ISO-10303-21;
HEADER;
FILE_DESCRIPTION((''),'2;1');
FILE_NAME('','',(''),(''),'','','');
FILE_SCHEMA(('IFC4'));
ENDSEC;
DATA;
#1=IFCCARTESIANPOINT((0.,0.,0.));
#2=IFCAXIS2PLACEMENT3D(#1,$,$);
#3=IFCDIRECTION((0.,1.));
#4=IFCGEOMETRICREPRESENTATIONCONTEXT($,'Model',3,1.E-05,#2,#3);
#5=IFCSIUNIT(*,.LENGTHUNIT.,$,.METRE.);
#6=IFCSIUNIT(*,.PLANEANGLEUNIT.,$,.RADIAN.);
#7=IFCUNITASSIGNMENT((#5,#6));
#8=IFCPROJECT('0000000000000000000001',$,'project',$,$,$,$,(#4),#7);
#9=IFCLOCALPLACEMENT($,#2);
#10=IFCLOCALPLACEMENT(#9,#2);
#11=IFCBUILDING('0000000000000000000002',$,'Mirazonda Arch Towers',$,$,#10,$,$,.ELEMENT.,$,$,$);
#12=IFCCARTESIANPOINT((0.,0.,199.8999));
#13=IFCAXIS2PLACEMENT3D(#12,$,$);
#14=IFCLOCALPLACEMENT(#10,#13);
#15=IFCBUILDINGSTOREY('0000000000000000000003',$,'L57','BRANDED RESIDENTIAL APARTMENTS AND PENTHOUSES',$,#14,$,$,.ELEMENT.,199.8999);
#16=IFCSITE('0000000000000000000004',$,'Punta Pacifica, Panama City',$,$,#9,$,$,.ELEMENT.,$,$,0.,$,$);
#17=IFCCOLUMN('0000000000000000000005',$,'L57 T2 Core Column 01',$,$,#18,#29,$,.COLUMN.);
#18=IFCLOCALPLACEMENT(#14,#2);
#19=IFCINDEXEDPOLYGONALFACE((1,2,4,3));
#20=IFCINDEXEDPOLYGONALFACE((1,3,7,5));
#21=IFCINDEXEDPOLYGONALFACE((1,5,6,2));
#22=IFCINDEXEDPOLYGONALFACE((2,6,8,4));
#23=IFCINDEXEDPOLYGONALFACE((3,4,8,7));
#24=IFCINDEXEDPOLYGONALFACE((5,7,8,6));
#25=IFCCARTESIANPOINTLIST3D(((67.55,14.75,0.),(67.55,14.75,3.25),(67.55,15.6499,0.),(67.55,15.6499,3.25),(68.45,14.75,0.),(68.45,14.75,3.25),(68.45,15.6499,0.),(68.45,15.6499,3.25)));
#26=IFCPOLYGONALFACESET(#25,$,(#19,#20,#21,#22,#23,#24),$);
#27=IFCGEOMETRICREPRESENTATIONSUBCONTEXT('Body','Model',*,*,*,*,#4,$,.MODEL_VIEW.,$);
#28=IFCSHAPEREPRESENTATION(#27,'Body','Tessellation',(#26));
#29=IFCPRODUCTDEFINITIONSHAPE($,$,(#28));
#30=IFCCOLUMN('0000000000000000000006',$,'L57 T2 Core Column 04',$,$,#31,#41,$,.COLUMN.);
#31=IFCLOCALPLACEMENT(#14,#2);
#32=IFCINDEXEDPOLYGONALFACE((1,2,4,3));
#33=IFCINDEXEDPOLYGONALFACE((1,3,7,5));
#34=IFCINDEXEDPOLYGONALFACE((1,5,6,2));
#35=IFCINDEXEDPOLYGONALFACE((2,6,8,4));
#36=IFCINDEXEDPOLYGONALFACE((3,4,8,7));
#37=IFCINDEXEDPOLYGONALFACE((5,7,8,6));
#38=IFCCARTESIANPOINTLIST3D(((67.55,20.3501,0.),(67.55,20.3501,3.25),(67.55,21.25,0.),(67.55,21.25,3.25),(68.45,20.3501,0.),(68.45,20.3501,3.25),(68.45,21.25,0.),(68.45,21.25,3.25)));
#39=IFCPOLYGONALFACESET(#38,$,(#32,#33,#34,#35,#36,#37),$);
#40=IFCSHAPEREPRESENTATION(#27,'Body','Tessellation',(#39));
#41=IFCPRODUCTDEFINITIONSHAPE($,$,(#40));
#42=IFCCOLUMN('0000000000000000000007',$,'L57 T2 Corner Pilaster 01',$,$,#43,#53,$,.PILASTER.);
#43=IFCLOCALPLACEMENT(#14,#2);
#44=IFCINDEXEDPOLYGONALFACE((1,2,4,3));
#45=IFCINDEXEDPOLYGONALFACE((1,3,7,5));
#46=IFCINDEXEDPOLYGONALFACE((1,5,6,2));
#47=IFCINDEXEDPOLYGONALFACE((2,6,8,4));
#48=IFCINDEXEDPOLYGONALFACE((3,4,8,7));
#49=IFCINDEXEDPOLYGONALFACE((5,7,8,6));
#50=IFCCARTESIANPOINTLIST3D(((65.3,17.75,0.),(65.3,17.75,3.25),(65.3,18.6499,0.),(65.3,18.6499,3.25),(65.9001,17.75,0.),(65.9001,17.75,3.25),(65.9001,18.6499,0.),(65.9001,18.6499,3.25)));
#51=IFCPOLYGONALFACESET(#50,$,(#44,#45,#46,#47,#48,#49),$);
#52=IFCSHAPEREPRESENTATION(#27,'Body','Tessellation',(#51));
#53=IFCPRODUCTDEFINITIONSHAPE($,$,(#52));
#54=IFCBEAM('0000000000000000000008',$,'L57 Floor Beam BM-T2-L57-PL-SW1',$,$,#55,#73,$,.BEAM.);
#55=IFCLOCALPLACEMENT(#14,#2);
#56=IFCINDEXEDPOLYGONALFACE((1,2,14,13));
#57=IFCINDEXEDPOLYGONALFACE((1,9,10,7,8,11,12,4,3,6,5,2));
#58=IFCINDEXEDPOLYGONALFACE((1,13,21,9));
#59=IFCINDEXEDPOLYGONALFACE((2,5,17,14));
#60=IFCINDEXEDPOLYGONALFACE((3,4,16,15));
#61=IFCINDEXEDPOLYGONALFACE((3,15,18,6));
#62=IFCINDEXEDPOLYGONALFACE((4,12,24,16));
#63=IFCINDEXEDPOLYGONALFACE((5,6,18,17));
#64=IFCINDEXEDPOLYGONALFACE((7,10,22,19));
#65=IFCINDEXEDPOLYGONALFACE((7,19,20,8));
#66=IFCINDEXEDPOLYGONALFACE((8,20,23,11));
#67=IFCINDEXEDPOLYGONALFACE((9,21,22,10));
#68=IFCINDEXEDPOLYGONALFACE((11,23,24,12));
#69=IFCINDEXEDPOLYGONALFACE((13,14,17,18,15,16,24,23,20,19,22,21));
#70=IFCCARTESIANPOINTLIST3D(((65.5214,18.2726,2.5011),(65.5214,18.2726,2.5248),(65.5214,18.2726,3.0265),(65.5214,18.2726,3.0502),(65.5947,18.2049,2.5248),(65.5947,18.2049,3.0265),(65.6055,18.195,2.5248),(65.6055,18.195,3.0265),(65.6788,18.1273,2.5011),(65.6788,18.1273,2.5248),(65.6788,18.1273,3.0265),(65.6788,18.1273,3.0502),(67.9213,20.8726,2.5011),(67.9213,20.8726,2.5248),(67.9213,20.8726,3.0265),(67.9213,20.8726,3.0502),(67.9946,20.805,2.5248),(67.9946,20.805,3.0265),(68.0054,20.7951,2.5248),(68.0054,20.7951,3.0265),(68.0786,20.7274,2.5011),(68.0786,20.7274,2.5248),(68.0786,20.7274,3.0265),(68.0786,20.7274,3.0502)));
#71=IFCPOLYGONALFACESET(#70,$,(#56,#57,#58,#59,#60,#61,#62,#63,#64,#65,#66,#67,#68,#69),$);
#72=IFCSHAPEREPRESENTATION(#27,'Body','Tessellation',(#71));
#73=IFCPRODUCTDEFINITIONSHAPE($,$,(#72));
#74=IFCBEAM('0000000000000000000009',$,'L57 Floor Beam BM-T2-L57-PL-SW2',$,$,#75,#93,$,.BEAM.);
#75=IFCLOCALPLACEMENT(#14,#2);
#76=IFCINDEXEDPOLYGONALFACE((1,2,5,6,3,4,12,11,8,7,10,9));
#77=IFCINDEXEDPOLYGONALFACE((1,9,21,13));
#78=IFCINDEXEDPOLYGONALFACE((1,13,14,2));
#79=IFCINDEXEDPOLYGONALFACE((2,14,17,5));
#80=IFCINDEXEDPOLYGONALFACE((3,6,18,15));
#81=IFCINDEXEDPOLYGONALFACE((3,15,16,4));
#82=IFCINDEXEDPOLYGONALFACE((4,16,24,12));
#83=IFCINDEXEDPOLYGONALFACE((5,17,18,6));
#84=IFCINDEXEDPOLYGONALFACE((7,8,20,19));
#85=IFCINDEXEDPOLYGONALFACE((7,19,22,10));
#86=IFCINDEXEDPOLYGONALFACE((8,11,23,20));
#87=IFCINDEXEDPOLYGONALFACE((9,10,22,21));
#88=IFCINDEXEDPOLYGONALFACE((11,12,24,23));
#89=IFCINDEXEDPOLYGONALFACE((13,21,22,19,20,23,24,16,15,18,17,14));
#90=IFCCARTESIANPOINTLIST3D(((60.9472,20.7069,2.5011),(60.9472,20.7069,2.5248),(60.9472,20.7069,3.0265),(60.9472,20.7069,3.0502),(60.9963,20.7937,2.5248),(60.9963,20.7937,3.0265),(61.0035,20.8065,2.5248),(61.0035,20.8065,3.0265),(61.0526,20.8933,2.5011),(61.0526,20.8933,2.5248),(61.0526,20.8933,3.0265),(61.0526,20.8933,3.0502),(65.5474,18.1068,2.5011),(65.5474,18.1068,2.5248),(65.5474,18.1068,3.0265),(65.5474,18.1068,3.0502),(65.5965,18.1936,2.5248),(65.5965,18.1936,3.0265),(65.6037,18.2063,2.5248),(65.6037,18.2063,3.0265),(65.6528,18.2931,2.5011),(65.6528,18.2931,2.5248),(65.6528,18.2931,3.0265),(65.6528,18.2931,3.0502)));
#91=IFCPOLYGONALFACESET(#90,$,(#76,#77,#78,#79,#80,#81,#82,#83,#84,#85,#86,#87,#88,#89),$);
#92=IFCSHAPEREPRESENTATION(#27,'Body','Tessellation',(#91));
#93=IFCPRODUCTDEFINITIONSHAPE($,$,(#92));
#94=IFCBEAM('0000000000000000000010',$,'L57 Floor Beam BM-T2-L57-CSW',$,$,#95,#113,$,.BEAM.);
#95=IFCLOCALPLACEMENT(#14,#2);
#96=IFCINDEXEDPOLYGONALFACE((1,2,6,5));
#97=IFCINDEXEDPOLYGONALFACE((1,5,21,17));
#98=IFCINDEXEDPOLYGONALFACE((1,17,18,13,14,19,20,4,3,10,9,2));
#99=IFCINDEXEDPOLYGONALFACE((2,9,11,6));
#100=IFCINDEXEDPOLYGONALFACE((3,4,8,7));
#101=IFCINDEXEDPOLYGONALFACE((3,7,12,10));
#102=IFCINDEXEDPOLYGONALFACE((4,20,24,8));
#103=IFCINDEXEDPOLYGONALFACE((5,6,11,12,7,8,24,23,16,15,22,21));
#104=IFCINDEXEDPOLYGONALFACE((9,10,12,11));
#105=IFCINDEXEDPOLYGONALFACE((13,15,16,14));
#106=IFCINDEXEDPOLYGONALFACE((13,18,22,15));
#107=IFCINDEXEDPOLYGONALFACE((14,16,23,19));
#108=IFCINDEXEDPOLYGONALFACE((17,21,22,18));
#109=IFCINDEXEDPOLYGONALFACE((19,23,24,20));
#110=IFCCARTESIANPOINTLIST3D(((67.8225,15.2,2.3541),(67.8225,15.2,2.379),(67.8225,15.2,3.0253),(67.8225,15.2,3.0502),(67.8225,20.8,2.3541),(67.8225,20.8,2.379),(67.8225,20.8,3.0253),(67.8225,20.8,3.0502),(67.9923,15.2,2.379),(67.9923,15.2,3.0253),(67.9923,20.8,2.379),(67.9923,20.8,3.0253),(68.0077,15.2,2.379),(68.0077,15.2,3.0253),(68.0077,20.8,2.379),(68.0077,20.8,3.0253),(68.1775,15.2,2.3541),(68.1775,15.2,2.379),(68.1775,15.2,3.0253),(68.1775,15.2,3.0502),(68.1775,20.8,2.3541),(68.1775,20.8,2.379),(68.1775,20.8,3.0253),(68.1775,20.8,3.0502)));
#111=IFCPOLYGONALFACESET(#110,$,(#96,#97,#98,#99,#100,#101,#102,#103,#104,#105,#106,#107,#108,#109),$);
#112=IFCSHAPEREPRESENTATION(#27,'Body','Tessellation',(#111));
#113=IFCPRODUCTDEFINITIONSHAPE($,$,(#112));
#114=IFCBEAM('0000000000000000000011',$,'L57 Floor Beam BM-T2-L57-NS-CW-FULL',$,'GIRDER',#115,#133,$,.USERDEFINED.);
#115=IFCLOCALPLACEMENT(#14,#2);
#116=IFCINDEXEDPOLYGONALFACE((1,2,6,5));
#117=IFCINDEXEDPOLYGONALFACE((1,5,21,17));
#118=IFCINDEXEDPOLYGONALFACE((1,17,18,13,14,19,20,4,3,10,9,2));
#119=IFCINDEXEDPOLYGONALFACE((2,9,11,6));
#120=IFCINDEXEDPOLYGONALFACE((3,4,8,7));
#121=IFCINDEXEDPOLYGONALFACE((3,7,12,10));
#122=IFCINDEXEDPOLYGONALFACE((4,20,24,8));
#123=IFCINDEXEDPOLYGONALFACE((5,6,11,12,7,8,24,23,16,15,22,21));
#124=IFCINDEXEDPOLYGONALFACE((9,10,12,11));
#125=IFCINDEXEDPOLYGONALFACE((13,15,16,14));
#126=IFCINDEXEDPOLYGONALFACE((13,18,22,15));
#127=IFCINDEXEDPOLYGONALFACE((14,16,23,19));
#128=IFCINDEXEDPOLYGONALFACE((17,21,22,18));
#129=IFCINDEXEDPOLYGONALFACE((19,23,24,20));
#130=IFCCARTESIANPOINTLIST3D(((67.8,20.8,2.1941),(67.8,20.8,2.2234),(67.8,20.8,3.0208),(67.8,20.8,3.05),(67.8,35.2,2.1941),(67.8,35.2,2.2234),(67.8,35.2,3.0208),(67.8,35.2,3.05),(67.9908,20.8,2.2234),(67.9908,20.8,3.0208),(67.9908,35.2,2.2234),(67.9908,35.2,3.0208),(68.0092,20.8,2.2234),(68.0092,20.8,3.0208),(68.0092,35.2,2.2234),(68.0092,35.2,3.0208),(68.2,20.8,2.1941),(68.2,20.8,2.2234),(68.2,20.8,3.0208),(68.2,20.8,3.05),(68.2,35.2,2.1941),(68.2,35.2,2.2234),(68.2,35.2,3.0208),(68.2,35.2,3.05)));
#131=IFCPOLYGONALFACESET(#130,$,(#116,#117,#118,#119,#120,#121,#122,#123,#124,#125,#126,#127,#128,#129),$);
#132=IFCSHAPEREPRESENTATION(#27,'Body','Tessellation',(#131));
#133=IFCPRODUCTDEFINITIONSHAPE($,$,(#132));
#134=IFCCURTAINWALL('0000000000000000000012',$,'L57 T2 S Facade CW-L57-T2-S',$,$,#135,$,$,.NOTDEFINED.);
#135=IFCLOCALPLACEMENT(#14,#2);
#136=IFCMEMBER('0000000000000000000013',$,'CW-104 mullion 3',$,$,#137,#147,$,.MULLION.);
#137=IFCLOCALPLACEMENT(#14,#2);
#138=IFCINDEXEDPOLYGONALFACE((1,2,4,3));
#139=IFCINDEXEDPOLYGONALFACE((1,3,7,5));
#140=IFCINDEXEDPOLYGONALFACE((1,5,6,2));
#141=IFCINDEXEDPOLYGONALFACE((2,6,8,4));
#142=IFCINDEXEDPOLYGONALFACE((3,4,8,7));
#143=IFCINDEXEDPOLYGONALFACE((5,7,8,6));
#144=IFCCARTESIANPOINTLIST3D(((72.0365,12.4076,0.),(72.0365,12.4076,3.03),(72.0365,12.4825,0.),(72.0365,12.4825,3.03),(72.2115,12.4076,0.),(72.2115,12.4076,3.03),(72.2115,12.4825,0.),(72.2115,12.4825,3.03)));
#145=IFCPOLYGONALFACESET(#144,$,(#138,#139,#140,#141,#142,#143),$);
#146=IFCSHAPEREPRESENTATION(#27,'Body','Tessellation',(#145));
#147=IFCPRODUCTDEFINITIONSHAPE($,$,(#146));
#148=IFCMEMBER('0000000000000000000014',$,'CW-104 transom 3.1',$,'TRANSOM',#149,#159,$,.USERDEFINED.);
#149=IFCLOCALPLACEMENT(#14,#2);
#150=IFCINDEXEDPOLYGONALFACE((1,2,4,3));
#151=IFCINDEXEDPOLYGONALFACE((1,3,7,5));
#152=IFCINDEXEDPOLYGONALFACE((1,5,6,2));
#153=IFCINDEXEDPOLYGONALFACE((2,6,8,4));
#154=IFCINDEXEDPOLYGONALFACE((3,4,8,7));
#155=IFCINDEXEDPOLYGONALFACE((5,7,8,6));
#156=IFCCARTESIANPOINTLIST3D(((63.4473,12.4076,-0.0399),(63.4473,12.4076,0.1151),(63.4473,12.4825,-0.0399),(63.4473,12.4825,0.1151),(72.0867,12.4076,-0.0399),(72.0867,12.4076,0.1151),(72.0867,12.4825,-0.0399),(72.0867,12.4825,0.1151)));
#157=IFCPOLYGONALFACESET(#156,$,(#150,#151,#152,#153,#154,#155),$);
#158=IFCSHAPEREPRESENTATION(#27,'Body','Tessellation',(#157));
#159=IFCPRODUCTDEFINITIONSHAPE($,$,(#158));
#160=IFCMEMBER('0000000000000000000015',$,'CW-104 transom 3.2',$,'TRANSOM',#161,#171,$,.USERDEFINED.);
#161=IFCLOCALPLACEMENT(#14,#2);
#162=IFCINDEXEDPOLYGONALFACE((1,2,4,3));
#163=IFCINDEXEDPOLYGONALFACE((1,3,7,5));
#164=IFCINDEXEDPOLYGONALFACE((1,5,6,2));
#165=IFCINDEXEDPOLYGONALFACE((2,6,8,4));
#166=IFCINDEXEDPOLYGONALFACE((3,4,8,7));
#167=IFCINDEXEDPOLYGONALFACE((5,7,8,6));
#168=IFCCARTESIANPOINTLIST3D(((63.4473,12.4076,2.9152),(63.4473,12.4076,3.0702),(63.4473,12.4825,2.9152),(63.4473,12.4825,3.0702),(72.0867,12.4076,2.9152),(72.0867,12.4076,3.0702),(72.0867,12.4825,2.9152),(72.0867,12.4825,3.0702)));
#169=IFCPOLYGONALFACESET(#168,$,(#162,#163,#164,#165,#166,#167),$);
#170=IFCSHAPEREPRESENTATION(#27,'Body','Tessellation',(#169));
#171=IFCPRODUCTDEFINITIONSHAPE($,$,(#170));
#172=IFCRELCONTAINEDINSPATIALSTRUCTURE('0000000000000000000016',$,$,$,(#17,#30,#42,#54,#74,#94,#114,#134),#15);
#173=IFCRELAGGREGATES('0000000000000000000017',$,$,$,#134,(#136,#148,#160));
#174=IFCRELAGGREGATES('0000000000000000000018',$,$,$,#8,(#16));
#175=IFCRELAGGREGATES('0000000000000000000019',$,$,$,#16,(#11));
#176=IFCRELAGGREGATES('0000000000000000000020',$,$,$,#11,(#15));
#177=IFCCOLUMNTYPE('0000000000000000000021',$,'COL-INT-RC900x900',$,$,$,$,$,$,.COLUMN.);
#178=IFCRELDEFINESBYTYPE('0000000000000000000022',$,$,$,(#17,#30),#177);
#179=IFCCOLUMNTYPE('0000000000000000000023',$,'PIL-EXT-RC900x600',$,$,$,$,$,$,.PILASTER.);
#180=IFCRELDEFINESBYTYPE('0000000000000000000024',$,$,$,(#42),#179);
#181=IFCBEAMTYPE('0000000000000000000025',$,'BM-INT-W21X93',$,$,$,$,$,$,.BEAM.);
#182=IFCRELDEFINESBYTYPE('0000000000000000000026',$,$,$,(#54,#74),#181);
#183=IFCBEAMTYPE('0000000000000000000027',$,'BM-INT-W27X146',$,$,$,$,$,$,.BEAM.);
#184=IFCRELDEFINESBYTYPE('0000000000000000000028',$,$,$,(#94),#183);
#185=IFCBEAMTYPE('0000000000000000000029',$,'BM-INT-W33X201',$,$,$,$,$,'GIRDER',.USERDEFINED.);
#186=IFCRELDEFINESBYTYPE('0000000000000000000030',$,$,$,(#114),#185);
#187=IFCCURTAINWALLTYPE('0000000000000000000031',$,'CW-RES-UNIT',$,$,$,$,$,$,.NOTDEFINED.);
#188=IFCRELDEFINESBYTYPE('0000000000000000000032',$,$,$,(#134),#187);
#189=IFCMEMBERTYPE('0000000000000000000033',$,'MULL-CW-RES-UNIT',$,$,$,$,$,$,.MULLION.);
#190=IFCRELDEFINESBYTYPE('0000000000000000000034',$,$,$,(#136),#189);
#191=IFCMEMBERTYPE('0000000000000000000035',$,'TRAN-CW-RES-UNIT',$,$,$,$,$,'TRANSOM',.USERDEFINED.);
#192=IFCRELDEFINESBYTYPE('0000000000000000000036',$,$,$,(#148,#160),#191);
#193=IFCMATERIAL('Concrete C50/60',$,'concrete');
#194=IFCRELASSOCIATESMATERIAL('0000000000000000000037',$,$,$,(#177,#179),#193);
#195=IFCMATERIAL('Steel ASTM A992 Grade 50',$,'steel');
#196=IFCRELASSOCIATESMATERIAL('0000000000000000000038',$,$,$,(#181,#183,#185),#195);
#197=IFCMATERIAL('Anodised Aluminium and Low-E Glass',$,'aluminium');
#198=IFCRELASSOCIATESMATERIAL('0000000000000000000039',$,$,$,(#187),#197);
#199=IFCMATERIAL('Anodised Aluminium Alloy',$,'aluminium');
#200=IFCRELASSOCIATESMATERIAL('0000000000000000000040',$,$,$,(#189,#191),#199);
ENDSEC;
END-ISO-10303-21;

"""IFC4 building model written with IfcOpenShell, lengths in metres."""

from ifc_helpers import new_model, si_unit, direction, frame, origin, origin_2d, place, context, subcontext, project, spatial, rectangle, i_section, extrude, material, material_profile, profile_set, type_object, element, aggregate, save


model = new_model("IFC4")

# Units and contexts
model_context = context("Model", 3, precision=1e-05, world=origin(), true_north=direction((0.0, 1.0)))
body_context = subcontext(model_context, "Body", "Model", "MODEL_VIEW")
ifc_project = project(units=[si_unit("LENGTHUNIT", "METRE"), si_unit("PLANEANGLEUNIT", "RADIAN")], contexts=[model_context])

# Site, building, storey
site_placement = place(None, origin())
site = spatial("IfcSite", under=ifc_project, at=site_placement, Name="Punta Pacifica, Panama City", CompositionType="ELEMENT", RefElevation=0.0)
building_placement = place(site_placement, origin())
building = spatial("IfcBuilding", under=site, at=building_placement, Name="Mirazonda Arch Towers", CompositionType="ELEMENT")
storey_placement = place(building_placement, frame((0.0, 0.0, 199.8999)))
storey = spatial("IfcBuildingStorey", under=building, at=storey_placement, Name="L57", Description="BRANDED RESIDENTIAL APARTMENTS AND PENTHOUSES", CompositionType="ELEMENT", Elevation=199.8999)

# Columns
ifc_material_1 = material(Name="Concrete C50/60", Category="concrete")
ifc_material_profile_1 = material_profile(ifc_material_1, rectangle(XDim=0.8999, YDim=0.8999, at=origin_2d()), Name="RC900x900")
ifc_profile_set_1 = profile_set([ifc_material_profile_1], Name="Concrete C50/60")
column_type_1 = type_object("IfcColumnType", Name="COL-INT-RC900x900", PredefinedType="COLUMN", material=ifc_profile_set_1)
for number, where, z_axis, x_axis, name in (
    (1, (68.0, 15.2, 0.0), (0.0, 0.0, 1.0), (1.0, 0.0, 0.0), "L57 T2 Core Column 01"),
    (2, (68.0, 20.8, 0.0), (0.0, 0.0, 1.0), (1.0, 0.0, 0.0), "L57 T2 Core Column 04"),
):
    element("IfcColumn", number, at=place(storey_placement, frame(where, z_axis=z_axis, x_axis=x_axis)), inside=storey, type_object=column_type_1, Name=name, PredefinedType="COLUMN", context=body_context, shape_type="SweptSolid", body=[
        extrude(rectangle(XDim=0.8999, YDim=0.8999, at=origin_2d()), origin(), (0.0, 0.0, 1.0), 3.25),
    ])
ifc_material_profile_2 = material_profile(ifc_material_1, rectangle(XDim=0.6001, YDim=0.8999, at=origin_2d()), Name="RC900x600")
ifc_profile_set_2 = profile_set([ifc_material_profile_2], Name="Concrete C50/60")
column_type_2 = type_object("IfcColumnType", Name="PIL-EXT-RC900x600", PredefinedType="PILASTER", material=ifc_profile_set_2)
column_placement = place(storey_placement, frame((65.6001, 18.2, 0.0), z_axis=(0.0, 0.0, 1.0), x_axis=(1.0, 0.0, 0.0)))
element("IfcColumn", 3, at=column_placement, inside=storey, type_object=column_type_2, Name="L57 T2 Corner Pilaster 01", PredefinedType="PILASTER", context=body_context, shape_type="SweptSolid", body=[
    extrude(rectangle(XDim=0.6001, YDim=0.8999, at=origin_2d()), origin(), (0.0, 0.0, 1.0), 3.25),
])

# Beams
ifc_material_2 = material(Name="Steel ASTM A992 Grade 50", Category="steel")
ifc_material_profile_3 = material_profile(ifc_material_2, i_section(OverallWidth=0.2141, OverallDepth=0.5491, WebThickness=0.0146, FlangeThickness=0.0237, at=origin_2d()), Name="W21X93")
ifc_profile_set_3 = profile_set([ifc_material_profile_3], Name="Steel ASTM A992 Grade 50")
beam_type_1 = type_object("IfcBeamType", Name="BM-INT-W21X93", PredefinedType="BEAM", material=ifc_profile_set_3)
beam_1_placement = place(storey_placement, frame((65.6001, 18.2, 2.7756), z_axis=(0.678251, 0.73483, 0.0), x_axis=(-0.73483, 0.678251, 0.0)))
element("IfcBeam", 4, at=beam_1_placement, inside=storey, type_object=beam_type_1, Name="L57 Floor Beam BM-T2-L57-PL-SW1", PredefinedType="BEAM", context=body_context, shape_type="SweptSolid", body=[
    extrude(i_section(OverallWidth=0.2141, OverallDepth=0.5491, WebThickness=0.0146, FlangeThickness=0.0237, at=origin_2d()), origin(), (0.0, 0.0, 1.0), 3.5383),
])
beam_2_placement = place(storey_placement, frame((65.6001, 18.2, 2.7756), z_axis=(-0.870559, 0.492063, 0.0), x_axis=(-0.492063, -0.870559, 0.0)))
element("IfcBeam", 5, at=beam_2_placement, inside=storey, type_object=beam_type_1, Name="L57 Floor Beam BM-T2-L57-PL-SW2", PredefinedType="BEAM", context=body_context, shape_type="SweptSolid", body=[
    extrude(i_section(OverallWidth=0.2141, OverallDepth=0.5491, WebThickness=0.0146, FlangeThickness=0.0237, at=origin_2d()), origin(), (0.0, 0.0, 1.0), 5.2842),
])
ifc_material_profile_4 = material_profile(ifc_material_2, i_section(OverallWidth=0.355, OverallDepth=0.696, WebThickness=0.0154, FlangeThickness=0.0249, at=origin_2d()), Name="W27X146")
ifc_profile_set_4 = profile_set([ifc_material_profile_4], Name="Steel ASTM A992 Grade 50")
beam_type_2 = type_object("IfcBeamType", Name="BM-INT-W27X146", PredefinedType="BEAM", material=ifc_profile_set_4)
beam_3_placement = place(storey_placement, frame((68.0, 15.2, 2.7021), z_axis=(0.0, 1.0, 0.0), x_axis=(-1.0, 0.0, 0.0)))
element("IfcBeam", 6, at=beam_3_placement, inside=storey, type_object=beam_type_2, Name="L57 Floor Beam BM-T2-L57-CSW", PredefinedType="BEAM", context=body_context, shape_type="SweptSolid", body=[
    extrude(i_section(OverallWidth=0.355, OverallDepth=0.696, WebThickness=0.0154, FlangeThickness=0.0249, at=origin_2d()), origin(), (0.0, 0.0, 1.0), 5.6001),
])
ifc_material_profile_5 = material_profile(ifc_material_2, i_section(OverallWidth=0.3999, OverallDepth=0.856, WebThickness=0.0183, FlangeThickness=0.0293, at=origin_2d()), Name="W33X201")
ifc_profile_set_5 = profile_set([ifc_material_profile_5], Name="Steel ASTM A992 Grade 50")
beam_type_3 = type_object("IfcBeamType", Name="BM-INT-W33X201", ElementType="GIRDER", PredefinedType="USERDEFINED", material=ifc_profile_set_5)
beam_4_placement = place(storey_placement, frame((68.0, 20.8, 2.6221), z_axis=(0.0, 1.0, 0.0), x_axis=(-1.0, 0.0, 0.0)))
element("IfcBeam", 7, at=beam_4_placement, inside=storey, type_object=beam_type_3, Name="L57 Floor Beam BM-T2-L57-NS-CW-FULL", ObjectType="GIRDER", PredefinedType="USERDEFINED", context=body_context, shape_type="SweptSolid", body=[
    extrude(i_section(OverallWidth=0.3999, OverallDepth=0.856, WebThickness=0.0183, FlangeThickness=0.0293, at=origin_2d()), origin(), (0.0, 0.0, 1.0), 14.3999),
])

# Curtain wall, members
ifc_material_3 = material(Name="Anodised Aluminium and Low-E Glass", Category="aluminium")
curtain_wall_type = type_object("IfcCurtainWallType", Name="CW-RES-UNIT", PredefinedType="NOTDEFINED", material=ifc_material_3)
curtain_wall_placement = place(storey_placement, origin())
curtain_wall = element("IfcCurtainWall", 8, at=curtain_wall_placement, inside=storey, type_object=curtain_wall_type, Name="L57 T2 S Facade CW-L57-T2-S", PredefinedType="NOTDEFINED")
ifc_material_4 = material(Name="Anodised Aluminium Alloy", Category="aluminium")
ifc_material_profile_6 = material_profile(ifc_material_4, rectangle(XDim=0.075, YDim=0.175, at=origin_2d()), Name="ALU-MULL-75x175")
ifc_profile_set_6 = profile_set([ifc_material_profile_6], Name="Anodised Aluminium Alloy")
member_type_1 = type_object("IfcMemberType", Name="MULL-CW-RES-UNIT", PredefinedType="MULLION", material=ifc_profile_set_6)
member_1_placement = place(storey_placement, frame((72.124, 12.4451, 0.0), z_axis=(0.0, 0.0, 1.0), x_axis=(0.0, -1.0, 0.0)))
member_1 = element("IfcMember", 9, at=member_1_placement, type_object=member_type_1, Name="CW-104 mullion 3", PredefinedType="MULLION", context=body_context, shape_type="SweptSolid", body=[
    extrude(rectangle(XDim=0.075, YDim=0.175, at=origin_2d()), origin(), (0.0, 0.0, 1.0), 3.03),
])
ifc_material_profile_7 = material_profile(ifc_material_4, rectangle(XDim=0.075, YDim=0.155, at=origin_2d()), Name="ALU-TRAN-75x155")
ifc_profile_set_7 = profile_set([ifc_material_profile_7], Name="Anodised Aluminium Alloy")
member_type_2 = type_object("IfcMemberType", Name="TRAN-CW-RES-UNIT", ElementType="TRANSOM", PredefinedType="USERDEFINED", material=ifc_profile_set_7)
member_2_placement = place(storey_placement, frame((72.0867, 12.4451, 0.0376), z_axis=(-1.0, 0.0, 0.0), x_axis=(0.0, -1.0, 0.0)))
member_2 = element("IfcMember", 10, at=member_2_placement, type_object=member_type_2, Name="CW-104 transom 3.1", ObjectType="TRANSOM", PredefinedType="USERDEFINED", context=body_context, shape_type="SweptSolid", body=[
    extrude(rectangle(XDim=0.075, YDim=0.155, at=origin_2d()), origin(), (0.0, 0.0, 1.0), 8.6394),
])
member_3_placement = place(storey_placement, frame((72.0867, 12.4451, 2.9927), z_axis=(-1.0, 0.0, 0.0), x_axis=(0.0, -1.0, 0.0)))
member_3 = element("IfcMember", 11, at=member_3_placement, type_object=member_type_2, Name="CW-104 transom 3.2", ObjectType="TRANSOM", PredefinedType="USERDEFINED", context=body_context, shape_type="SweptSolid", body=[
    extrude(rectangle(XDim=0.075, YDim=0.155, at=origin_2d()), origin(), (0.0, 0.0, 1.0), 8.6394),
])
aggregate(curtain_wall, [member_1, member_2, member_3])

save(model, "model.ifc")
